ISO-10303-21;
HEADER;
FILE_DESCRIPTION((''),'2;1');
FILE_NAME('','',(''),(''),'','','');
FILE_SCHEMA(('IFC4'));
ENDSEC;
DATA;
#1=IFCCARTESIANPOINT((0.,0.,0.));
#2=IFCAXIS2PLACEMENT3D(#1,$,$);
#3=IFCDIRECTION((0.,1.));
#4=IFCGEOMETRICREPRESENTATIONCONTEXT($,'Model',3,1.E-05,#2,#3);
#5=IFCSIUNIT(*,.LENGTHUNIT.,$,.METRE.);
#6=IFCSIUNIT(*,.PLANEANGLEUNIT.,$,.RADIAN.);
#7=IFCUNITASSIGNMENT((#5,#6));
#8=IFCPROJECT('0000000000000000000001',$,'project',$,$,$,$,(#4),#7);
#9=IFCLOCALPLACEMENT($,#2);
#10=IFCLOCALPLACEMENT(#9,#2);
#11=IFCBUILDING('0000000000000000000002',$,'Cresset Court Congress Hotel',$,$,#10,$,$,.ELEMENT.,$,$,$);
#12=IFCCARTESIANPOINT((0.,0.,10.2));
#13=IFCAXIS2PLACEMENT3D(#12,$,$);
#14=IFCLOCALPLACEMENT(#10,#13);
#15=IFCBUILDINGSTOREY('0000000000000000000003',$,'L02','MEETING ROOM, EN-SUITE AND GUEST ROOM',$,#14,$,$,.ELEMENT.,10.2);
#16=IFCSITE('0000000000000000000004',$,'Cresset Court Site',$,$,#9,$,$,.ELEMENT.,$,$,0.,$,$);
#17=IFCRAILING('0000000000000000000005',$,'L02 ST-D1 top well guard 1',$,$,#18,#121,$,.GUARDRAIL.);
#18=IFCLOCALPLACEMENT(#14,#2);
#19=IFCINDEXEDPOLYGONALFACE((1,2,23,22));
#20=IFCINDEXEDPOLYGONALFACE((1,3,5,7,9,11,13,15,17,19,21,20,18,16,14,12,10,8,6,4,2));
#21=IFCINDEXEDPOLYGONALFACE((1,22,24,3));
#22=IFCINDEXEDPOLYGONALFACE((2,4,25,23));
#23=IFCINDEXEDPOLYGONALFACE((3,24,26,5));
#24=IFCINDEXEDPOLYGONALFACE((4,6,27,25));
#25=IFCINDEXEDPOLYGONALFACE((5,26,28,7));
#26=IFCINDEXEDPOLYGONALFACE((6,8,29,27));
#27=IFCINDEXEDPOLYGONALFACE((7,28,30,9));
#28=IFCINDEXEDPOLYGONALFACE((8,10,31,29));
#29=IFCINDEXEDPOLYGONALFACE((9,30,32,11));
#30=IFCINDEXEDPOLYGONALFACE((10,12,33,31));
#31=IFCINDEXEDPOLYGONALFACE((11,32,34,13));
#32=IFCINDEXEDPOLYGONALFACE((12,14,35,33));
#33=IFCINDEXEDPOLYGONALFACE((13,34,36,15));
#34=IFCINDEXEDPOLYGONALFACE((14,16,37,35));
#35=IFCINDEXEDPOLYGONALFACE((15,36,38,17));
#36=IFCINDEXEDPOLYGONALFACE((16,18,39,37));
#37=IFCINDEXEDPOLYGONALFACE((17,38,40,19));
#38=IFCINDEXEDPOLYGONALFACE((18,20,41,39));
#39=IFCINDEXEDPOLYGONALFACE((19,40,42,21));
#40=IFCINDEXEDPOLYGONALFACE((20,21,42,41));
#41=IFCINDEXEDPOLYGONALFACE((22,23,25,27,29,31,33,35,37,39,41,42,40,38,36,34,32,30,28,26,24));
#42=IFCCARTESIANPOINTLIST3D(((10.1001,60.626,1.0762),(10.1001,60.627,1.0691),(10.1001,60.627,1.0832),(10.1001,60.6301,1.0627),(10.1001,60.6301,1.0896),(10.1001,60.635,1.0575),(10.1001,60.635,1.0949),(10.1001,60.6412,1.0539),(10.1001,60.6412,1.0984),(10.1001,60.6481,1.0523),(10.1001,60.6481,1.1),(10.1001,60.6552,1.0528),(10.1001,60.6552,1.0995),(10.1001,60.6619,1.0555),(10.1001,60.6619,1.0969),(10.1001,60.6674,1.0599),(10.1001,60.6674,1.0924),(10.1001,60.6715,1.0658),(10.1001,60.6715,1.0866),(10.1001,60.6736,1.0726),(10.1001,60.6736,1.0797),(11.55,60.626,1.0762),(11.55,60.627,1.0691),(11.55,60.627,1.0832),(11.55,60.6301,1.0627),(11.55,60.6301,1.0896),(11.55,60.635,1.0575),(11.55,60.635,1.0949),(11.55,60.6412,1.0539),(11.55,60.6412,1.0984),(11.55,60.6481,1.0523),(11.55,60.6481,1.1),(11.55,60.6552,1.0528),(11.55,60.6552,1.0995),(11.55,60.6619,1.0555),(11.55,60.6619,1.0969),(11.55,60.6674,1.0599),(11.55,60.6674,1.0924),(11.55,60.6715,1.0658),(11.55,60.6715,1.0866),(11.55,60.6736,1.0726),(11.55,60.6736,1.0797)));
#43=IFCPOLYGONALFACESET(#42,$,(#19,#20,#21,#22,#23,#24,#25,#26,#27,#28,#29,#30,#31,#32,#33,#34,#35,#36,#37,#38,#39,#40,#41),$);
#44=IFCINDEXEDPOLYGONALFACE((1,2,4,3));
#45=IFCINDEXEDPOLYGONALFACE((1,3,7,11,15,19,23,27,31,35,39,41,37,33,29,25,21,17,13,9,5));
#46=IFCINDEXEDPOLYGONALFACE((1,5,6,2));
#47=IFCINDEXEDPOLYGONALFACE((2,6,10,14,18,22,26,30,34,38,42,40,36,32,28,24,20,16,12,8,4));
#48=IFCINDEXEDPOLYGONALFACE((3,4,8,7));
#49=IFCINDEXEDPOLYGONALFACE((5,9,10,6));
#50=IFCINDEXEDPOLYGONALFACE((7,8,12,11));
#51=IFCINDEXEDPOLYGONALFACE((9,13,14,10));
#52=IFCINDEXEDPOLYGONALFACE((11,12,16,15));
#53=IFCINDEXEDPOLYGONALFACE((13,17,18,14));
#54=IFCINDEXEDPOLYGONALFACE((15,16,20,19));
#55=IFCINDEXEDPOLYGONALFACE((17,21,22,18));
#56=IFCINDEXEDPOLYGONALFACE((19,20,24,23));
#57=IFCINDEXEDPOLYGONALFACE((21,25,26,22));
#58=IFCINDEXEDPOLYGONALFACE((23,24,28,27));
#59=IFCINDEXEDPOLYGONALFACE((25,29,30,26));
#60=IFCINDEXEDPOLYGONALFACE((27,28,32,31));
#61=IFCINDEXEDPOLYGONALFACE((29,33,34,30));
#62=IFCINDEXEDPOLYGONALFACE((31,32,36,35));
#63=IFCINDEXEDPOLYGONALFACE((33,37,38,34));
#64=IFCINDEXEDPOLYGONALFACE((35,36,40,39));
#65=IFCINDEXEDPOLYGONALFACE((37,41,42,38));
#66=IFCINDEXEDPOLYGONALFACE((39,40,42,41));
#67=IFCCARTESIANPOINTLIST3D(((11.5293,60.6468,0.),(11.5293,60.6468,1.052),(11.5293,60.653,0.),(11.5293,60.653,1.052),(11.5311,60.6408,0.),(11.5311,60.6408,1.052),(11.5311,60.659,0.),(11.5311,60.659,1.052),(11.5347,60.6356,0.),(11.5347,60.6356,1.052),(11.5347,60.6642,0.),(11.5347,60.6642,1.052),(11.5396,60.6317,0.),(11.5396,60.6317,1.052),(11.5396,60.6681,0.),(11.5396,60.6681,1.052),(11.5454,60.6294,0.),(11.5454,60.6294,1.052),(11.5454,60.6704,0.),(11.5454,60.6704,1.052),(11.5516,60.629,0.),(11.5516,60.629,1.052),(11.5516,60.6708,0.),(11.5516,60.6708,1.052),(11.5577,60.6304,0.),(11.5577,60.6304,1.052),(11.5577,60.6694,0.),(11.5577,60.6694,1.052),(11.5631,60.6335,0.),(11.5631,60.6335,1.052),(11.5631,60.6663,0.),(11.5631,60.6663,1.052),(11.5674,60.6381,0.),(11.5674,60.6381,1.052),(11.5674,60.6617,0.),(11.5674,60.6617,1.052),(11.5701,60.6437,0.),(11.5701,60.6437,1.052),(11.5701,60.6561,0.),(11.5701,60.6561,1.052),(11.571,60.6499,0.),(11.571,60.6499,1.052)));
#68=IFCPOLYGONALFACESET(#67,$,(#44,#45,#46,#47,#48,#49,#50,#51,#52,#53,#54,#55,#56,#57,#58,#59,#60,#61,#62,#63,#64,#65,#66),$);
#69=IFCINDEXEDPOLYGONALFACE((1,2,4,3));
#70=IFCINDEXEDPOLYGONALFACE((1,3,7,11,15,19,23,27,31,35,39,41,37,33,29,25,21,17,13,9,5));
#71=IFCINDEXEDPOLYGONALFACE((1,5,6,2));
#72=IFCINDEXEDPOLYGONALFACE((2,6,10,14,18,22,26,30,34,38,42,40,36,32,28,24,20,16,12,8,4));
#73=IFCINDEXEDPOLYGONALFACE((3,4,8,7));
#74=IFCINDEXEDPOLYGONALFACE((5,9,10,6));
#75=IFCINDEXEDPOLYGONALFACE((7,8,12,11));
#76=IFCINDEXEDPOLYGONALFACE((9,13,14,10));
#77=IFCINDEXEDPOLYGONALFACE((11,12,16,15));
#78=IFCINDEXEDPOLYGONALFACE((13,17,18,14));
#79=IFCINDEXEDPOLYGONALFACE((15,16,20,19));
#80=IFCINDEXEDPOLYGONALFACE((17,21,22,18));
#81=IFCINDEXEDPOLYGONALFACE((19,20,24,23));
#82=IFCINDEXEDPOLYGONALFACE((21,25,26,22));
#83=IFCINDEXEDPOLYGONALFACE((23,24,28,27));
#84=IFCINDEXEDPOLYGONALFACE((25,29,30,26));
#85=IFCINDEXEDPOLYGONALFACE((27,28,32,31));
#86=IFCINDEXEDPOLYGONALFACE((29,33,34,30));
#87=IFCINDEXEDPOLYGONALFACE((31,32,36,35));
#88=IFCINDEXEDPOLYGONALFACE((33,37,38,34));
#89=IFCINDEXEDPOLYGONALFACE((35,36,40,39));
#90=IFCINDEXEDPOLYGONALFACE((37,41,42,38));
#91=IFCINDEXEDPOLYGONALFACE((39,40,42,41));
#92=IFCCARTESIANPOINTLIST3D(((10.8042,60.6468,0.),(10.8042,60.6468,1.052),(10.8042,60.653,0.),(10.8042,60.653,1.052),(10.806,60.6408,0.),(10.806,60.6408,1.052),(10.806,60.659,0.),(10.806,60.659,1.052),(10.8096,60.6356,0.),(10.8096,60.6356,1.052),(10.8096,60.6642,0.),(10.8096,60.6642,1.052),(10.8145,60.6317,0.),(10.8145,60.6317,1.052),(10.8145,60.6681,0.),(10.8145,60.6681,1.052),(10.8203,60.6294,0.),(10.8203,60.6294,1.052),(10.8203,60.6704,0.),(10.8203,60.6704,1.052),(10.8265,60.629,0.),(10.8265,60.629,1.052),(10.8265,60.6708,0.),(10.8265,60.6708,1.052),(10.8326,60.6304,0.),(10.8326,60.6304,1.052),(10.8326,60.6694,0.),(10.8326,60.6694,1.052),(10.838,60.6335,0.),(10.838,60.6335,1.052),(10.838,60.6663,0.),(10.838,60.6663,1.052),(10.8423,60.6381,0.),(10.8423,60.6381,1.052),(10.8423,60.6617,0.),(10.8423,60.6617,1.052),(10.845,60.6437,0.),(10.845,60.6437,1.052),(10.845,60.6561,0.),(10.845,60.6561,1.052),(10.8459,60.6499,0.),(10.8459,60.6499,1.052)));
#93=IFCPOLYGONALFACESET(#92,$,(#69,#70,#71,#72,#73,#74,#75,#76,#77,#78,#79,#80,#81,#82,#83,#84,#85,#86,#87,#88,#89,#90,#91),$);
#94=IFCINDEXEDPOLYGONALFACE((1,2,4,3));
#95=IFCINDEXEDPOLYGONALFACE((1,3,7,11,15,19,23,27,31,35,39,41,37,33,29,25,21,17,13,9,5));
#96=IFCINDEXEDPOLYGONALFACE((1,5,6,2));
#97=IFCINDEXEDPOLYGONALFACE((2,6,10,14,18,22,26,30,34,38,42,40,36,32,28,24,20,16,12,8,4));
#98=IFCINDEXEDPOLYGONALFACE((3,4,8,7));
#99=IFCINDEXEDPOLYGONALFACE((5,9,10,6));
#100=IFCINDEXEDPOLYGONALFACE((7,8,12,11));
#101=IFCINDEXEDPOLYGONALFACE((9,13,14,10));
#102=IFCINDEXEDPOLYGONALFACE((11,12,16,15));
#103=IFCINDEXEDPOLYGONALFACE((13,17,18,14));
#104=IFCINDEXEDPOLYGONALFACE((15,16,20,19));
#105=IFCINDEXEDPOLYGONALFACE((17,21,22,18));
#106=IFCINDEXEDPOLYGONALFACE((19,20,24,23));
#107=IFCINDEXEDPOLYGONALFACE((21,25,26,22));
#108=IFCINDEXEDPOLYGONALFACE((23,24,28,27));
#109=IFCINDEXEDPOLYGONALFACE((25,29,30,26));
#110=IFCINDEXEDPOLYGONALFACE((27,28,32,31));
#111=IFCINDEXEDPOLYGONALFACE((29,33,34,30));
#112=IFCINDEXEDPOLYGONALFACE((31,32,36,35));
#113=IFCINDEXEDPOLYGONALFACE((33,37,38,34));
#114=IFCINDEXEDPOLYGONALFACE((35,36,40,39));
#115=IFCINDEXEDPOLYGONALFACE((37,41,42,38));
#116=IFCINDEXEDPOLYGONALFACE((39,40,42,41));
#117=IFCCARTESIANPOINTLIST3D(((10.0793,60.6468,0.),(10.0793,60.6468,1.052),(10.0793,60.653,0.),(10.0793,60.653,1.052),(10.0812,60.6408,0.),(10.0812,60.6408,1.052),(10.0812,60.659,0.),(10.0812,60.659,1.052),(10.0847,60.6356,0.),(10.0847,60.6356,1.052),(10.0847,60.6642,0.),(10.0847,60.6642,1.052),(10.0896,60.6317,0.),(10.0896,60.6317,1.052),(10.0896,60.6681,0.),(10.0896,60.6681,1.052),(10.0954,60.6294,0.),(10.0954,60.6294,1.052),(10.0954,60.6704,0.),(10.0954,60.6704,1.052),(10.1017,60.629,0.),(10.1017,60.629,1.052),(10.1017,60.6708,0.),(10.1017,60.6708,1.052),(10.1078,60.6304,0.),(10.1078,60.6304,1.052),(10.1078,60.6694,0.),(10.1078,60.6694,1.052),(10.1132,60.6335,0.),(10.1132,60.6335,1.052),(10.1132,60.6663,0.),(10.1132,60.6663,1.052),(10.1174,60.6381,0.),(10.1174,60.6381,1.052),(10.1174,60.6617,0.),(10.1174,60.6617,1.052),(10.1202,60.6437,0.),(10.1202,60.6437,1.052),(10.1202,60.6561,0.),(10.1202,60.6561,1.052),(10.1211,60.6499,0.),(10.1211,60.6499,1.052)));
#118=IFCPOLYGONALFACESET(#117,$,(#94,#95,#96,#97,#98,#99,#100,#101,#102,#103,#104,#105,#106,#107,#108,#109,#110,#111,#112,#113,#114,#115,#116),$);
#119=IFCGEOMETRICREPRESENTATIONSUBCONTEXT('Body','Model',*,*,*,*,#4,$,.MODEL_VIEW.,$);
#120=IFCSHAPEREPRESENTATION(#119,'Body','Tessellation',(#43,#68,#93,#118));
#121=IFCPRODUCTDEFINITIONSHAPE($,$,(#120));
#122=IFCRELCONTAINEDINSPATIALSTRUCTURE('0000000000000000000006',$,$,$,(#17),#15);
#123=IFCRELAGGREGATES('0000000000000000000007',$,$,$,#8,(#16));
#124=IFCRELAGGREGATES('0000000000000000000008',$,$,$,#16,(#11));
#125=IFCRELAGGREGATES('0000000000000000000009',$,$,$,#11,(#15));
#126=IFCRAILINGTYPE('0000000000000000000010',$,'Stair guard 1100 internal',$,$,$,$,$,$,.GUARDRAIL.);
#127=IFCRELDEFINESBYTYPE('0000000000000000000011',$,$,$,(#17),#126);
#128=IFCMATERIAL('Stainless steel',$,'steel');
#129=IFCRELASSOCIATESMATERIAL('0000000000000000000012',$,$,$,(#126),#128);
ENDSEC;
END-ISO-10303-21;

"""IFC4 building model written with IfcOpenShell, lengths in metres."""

from ifc_helpers import new_model, si_unit, direction, frame, origin, origin_2d, place, context, subcontext, project, spatial, circle, extrude, material, type_object, element, save


model = new_model("IFC4")

# Units and contexts
model_context = context("Model", 3, precision=1e-05, world=origin(), true_north=direction((0.0, 1.0)))
body_context = subcontext(model_context, "Body", "Model", "MODEL_VIEW")
ifc_project = project(units=[si_unit("LENGTHUNIT", "METRE"), si_unit("PLANEANGLEUNIT", "RADIAN")], contexts=[model_context])

# Site, building, storey
site_placement = place(None, origin())
site = spatial("IfcSite", under=ifc_project, at=site_placement, Name="Cresset Court Site", CompositionType="ELEMENT", RefElevation=0.0)
building_placement = place(site_placement, origin())
building = spatial("IfcBuilding", under=site, at=building_placement, Name="Cresset Court Congress Hotel", CompositionType="ELEMENT")
storey_placement = place(building_placement, frame((0.0, 0.0, 10.2)))
storey = spatial("IfcBuildingStorey", under=building, at=storey_placement, Name="L02", Description="MEETING ROOM, EN-SUITE AND GUEST ROOM", CompositionType="ELEMENT", Elevation=10.2)

# Railing
ifc_material_1 = material(Name="Stainless steel", Category="steel")
railing_type = type_object("IfcRailingType", Name="Stair guard 1100 internal", PredefinedType="GUARDRAIL", material=ifc_material_1)
railing_placement = place(storey_placement, frame((11.55, 60.6499, 0.0)))
element("IfcRailing", 1, at=railing_placement, inside=storey, type_object=railing_type, Name="L02 ST-D1 top well guard 1", PredefinedType="GUARDRAIL", context=body_context, shape_type="SweptSolid", body=[
    extrude(circle(Radius=0.0239, at=origin_2d()), frame((0.0, 0.0, 1.0762), z_axis=(-1.0, 0.0, 0.0), x_axis=(0.0, -1.0, 0.0)), (0.0, 0.0, 1.0), 1.45),
    extrude(circle(Radius=0.021, at=origin_2d()), origin(), (0.0, 0.0, 1.0), 1.052),
    extrude(circle(Radius=0.021, at=origin_2d()), frame((-0.7251, 0.0, 0.0)), (0.0, 0.0, 1.0), 1.052),
    extrude(circle(Radius=0.021, at=origin_2d()), frame((-1.45, 0.0, 0.0)), (0.0, 0.0, 1.0), 1.052),
])

save(model, "model.ifc")
